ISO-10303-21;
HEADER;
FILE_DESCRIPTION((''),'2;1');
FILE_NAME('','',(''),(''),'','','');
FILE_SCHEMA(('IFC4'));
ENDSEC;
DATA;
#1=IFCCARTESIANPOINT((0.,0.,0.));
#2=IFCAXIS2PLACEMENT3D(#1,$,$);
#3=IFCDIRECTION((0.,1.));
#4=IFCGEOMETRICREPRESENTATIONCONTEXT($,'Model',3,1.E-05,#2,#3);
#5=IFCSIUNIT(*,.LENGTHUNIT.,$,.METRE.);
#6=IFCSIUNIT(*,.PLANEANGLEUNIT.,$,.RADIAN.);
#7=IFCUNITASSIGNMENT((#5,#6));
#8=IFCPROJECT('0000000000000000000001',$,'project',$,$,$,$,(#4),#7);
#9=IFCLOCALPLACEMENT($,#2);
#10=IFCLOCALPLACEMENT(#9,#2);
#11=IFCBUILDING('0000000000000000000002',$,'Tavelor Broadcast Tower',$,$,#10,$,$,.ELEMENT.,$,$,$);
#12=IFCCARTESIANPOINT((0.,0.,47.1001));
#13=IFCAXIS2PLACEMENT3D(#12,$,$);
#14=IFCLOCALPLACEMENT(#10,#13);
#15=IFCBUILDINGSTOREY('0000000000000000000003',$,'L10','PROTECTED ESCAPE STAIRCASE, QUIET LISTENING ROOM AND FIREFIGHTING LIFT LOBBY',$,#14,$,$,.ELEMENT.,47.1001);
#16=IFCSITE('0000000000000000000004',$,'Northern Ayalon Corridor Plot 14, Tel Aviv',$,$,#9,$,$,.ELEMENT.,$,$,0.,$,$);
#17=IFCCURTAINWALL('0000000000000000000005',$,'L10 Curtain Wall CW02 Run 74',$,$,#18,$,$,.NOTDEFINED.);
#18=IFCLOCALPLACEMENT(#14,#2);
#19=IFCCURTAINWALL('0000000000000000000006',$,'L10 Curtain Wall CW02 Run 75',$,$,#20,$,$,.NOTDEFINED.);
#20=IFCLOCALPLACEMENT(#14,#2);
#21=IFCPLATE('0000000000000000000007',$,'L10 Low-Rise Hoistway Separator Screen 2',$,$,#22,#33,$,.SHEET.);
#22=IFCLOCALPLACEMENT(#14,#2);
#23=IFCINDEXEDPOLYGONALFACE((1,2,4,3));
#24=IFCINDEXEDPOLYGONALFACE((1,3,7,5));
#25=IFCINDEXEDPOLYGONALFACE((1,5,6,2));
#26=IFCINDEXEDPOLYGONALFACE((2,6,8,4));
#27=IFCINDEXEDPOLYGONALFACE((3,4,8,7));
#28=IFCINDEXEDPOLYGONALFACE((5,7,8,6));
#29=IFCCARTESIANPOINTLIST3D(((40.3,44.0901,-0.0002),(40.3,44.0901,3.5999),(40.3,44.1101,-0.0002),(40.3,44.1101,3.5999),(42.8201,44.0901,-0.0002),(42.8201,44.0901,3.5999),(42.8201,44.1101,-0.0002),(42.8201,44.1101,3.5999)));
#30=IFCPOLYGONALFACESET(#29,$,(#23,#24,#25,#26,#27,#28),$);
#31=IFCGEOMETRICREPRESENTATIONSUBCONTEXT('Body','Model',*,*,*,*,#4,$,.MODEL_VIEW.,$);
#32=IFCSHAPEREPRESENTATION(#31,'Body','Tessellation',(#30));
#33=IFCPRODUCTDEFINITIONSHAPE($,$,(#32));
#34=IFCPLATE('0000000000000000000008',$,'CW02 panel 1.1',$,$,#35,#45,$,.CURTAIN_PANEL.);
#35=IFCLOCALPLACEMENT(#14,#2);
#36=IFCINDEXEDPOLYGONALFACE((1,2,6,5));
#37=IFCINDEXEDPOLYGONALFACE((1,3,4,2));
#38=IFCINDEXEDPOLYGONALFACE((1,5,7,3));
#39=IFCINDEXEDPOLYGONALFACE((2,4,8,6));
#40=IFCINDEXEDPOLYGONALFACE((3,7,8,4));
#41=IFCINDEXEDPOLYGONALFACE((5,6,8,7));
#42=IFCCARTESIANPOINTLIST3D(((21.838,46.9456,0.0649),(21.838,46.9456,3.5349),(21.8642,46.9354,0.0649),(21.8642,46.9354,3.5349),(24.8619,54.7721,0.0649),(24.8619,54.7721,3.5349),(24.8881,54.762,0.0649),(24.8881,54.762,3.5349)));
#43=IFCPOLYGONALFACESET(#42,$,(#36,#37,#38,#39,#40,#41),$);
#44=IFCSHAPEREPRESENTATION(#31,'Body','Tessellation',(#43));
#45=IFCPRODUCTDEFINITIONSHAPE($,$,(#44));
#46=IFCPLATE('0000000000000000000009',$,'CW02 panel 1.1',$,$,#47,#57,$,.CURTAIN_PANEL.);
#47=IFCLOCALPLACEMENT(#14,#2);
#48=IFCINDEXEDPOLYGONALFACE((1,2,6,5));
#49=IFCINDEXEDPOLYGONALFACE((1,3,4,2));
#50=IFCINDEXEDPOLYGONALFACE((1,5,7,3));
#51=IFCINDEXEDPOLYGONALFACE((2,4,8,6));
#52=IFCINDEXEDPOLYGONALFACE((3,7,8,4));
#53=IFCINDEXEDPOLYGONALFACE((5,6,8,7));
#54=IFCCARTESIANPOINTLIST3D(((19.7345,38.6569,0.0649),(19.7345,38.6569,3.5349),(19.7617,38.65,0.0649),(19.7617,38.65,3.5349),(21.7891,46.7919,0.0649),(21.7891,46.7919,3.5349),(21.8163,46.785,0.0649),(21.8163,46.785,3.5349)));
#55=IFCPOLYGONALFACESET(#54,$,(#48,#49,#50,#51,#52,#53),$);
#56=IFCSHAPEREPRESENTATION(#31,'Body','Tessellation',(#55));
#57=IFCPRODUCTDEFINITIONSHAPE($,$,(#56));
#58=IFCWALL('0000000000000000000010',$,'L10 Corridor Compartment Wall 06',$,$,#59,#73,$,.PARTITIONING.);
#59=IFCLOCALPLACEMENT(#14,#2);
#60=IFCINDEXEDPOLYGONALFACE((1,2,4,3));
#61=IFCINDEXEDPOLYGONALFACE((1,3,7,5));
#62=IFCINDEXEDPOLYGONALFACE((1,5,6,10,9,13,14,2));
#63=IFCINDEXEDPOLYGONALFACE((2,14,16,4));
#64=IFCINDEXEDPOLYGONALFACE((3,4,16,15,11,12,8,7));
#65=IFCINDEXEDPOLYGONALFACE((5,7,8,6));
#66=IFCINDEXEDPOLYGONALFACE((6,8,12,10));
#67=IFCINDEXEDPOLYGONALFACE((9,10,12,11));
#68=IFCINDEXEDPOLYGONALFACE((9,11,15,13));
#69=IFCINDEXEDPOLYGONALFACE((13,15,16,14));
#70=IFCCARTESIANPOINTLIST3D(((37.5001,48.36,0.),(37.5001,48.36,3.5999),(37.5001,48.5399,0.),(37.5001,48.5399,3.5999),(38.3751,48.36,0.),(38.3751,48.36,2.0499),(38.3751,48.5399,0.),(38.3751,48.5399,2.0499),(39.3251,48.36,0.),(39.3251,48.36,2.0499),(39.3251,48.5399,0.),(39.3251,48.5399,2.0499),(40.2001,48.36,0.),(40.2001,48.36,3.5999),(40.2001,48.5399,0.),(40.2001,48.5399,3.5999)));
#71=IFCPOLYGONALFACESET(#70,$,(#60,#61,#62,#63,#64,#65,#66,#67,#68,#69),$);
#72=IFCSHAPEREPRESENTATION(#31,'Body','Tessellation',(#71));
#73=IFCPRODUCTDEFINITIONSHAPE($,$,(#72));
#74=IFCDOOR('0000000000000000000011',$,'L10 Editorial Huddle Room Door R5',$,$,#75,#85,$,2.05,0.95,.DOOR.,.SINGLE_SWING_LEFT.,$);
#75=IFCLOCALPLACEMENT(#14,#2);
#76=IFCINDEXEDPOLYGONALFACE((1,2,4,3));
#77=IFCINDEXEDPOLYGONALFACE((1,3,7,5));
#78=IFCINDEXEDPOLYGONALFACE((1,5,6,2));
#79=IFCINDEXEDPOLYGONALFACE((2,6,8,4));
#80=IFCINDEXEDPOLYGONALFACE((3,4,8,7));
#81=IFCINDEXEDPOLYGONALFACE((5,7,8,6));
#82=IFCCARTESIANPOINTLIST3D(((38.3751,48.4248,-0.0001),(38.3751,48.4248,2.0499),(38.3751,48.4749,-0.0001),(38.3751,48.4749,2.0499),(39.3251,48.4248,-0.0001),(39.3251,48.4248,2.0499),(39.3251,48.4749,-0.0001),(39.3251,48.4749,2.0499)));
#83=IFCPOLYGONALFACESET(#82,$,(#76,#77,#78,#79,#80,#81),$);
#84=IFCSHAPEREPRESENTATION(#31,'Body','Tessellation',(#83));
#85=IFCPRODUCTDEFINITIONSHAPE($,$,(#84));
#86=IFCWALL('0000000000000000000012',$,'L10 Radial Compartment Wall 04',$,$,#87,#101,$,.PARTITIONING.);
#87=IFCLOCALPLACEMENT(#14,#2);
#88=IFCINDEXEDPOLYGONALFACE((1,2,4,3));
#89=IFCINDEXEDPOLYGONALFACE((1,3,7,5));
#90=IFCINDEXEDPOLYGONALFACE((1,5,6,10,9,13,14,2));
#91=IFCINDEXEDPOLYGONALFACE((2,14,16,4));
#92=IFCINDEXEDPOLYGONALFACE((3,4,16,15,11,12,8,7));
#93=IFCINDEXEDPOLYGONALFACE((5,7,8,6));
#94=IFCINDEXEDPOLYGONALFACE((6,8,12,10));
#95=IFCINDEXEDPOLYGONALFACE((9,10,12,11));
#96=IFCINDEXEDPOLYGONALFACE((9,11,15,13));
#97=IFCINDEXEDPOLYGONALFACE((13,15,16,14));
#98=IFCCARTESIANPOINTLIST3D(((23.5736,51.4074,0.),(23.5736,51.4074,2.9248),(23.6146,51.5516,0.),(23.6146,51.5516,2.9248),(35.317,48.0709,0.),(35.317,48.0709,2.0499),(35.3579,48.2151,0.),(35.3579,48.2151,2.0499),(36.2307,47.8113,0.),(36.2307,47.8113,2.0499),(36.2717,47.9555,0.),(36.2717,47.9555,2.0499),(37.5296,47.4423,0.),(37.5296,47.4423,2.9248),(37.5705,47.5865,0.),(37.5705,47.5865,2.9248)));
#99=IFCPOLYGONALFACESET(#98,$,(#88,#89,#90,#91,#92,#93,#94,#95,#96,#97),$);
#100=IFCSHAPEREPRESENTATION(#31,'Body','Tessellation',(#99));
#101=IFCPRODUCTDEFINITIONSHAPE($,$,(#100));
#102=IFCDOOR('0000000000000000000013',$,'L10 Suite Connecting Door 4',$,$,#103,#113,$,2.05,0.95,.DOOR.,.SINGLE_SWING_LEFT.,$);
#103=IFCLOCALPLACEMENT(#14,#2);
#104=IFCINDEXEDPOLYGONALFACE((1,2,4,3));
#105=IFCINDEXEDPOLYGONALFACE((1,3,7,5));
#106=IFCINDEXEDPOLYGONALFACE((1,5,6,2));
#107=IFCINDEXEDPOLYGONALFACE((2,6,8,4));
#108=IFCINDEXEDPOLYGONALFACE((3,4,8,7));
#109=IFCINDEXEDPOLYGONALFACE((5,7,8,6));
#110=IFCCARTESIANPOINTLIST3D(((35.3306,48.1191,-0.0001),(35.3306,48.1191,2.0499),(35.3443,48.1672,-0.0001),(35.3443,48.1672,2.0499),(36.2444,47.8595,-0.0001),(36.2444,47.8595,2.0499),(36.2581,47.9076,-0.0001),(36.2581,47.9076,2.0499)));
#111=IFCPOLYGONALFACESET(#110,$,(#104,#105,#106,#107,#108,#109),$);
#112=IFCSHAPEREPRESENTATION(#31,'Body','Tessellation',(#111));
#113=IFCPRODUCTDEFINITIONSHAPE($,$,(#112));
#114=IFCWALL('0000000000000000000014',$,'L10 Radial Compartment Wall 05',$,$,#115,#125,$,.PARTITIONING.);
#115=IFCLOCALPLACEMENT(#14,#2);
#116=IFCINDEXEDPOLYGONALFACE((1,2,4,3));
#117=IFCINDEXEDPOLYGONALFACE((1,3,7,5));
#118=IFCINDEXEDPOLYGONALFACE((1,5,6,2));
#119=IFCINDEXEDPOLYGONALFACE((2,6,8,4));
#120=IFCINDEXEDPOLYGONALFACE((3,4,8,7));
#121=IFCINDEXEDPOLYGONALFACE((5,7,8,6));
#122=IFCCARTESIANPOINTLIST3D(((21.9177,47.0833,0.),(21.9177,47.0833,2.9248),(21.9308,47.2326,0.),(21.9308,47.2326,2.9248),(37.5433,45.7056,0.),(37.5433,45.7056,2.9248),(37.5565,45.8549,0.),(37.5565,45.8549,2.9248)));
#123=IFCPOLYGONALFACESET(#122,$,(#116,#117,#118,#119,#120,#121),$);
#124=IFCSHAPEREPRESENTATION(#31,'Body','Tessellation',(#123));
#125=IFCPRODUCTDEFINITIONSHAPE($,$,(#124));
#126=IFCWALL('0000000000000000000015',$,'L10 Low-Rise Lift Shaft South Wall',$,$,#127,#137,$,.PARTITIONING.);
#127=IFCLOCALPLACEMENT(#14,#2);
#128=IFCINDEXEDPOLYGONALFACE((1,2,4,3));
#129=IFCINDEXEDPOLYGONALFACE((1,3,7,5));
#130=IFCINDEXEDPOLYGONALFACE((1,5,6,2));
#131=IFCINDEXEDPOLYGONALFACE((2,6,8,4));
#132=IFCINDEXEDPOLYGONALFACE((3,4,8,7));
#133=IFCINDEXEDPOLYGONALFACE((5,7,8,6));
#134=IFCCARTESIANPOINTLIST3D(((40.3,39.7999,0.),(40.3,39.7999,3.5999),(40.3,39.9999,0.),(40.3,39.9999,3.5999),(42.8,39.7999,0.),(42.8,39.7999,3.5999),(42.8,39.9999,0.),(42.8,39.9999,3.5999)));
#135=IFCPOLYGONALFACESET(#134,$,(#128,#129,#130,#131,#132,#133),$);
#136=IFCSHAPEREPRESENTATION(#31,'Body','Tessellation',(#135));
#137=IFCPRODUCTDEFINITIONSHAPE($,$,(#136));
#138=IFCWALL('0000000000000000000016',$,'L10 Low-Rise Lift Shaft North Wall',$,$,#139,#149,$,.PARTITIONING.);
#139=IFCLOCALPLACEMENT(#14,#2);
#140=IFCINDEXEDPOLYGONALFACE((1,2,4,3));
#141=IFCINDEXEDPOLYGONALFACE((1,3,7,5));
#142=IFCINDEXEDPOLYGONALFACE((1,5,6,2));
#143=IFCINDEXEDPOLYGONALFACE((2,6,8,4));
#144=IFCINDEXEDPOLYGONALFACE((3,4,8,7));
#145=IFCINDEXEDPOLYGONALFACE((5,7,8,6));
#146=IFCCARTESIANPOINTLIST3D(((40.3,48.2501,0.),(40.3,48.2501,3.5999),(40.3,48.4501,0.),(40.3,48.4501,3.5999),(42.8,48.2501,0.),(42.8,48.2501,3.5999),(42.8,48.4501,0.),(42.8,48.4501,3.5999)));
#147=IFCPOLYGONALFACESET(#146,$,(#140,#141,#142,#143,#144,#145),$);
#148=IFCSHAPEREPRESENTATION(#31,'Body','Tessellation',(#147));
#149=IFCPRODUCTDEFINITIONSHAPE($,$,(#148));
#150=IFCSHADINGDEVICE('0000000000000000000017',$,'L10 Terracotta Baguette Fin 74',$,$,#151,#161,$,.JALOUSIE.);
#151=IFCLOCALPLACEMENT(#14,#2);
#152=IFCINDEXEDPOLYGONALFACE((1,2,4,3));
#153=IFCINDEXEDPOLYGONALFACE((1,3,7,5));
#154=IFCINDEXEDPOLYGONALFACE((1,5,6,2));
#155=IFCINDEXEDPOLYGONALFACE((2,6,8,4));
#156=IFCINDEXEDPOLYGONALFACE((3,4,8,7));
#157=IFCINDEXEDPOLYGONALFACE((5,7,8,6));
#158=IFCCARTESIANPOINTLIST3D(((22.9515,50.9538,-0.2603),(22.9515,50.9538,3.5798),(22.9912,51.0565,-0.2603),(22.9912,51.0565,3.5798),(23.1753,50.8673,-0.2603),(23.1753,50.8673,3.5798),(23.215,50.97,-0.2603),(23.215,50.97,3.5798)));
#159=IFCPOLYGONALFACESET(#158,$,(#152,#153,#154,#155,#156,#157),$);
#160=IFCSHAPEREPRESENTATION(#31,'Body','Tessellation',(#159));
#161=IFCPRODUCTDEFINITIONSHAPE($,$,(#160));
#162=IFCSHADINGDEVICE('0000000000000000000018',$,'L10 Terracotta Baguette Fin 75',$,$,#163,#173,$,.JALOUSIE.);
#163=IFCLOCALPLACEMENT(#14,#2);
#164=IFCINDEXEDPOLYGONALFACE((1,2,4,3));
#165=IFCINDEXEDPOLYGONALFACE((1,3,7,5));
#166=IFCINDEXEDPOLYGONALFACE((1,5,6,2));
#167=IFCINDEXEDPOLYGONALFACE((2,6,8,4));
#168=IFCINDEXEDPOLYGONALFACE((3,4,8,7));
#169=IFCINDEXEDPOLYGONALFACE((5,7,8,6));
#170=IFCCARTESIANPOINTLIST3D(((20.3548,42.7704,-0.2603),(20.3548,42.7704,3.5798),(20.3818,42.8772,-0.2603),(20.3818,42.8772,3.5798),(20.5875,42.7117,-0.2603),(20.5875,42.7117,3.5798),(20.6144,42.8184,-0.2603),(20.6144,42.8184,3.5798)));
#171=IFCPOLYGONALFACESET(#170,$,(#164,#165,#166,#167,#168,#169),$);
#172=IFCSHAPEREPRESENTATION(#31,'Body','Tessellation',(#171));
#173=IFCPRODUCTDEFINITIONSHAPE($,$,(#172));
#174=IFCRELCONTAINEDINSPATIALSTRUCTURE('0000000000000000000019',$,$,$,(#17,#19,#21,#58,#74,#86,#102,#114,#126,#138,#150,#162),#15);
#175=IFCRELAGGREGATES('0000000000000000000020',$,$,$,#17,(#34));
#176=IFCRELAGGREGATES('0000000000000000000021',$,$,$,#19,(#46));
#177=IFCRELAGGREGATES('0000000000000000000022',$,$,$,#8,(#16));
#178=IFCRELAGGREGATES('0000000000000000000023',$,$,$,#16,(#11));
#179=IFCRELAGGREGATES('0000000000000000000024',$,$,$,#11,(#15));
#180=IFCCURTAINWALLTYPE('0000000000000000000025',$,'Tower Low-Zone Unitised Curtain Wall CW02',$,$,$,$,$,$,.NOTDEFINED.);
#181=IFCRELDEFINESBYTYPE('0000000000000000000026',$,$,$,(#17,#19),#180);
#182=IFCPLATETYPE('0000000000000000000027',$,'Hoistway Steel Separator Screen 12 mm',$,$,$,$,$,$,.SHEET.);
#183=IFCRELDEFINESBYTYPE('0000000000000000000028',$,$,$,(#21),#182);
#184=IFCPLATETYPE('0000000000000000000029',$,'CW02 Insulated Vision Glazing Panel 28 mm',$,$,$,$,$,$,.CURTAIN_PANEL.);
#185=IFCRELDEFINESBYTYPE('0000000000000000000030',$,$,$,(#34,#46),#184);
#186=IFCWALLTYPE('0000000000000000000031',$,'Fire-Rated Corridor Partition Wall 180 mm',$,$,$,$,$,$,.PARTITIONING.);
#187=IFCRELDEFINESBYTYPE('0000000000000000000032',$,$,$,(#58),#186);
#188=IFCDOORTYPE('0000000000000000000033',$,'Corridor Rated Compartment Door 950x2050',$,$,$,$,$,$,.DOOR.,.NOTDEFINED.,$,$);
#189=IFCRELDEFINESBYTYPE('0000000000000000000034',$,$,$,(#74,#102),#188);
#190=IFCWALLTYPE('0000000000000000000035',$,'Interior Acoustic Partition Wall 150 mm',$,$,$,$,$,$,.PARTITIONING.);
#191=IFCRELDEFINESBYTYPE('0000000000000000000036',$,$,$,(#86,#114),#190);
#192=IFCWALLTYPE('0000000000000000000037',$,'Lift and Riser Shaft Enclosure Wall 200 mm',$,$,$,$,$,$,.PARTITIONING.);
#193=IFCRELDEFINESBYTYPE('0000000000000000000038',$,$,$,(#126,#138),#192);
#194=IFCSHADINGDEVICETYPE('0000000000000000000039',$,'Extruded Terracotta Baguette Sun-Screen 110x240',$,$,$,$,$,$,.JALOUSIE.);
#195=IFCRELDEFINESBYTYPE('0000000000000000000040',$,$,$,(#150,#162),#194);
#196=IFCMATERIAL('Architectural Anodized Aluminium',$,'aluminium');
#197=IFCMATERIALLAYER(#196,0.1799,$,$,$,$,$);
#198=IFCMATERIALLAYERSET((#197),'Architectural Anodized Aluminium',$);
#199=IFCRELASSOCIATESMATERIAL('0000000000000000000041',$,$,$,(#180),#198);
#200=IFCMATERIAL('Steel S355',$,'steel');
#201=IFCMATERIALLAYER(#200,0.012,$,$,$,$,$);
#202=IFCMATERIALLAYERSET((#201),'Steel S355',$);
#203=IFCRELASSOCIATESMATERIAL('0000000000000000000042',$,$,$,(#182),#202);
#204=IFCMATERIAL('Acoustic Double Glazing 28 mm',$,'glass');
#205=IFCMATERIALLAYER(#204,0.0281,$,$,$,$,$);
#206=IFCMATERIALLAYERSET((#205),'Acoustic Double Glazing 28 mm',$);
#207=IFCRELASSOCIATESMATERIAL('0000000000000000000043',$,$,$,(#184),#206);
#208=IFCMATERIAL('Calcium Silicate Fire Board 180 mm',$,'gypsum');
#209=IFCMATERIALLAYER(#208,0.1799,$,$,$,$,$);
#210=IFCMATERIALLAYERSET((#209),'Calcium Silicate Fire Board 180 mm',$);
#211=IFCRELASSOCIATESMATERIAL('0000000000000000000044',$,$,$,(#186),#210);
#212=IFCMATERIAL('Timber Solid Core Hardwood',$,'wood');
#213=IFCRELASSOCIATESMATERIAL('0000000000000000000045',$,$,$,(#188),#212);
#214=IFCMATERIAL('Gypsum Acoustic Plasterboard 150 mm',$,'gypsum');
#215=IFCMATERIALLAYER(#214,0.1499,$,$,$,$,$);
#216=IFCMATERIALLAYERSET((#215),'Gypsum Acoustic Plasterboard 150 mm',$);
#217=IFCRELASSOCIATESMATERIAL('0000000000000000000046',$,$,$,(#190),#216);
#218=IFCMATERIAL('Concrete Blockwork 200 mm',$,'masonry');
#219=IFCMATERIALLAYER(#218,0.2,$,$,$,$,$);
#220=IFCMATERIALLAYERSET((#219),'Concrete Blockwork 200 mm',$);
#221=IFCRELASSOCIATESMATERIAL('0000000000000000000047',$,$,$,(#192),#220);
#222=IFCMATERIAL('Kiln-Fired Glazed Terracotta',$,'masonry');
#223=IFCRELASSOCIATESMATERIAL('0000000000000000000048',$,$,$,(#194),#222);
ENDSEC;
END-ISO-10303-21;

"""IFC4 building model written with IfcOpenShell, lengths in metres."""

from ifc_helpers import new_model, si_unit, direction, frame, frame_2d, origin, origin_2d, place, context, subcontext, project, spatial, rectangle, extrude, source, transform, mapped, material, layer, layer_set, type_object, type_shapes, element, fill, aggregate, save


model = new_model("IFC4")

# Units and contexts
model_context = context("Model", 3, precision=1e-05, world=origin(), true_north=direction((0.0, 1.0)))
body_context = subcontext(model_context, "Body", "Model", "MODEL_VIEW")
ifc_project = project(units=[si_unit("LENGTHUNIT", "METRE"), si_unit("PLANEANGLEUNIT", "RADIAN")], contexts=[model_context])

# Site, building, storey
site_placement = place(None, origin())
site = spatial("IfcSite", under=ifc_project, at=site_placement, Name="Northern Ayalon Corridor Plot 14, Tel Aviv", CompositionType="ELEMENT", RefElevation=0.0)
building_placement = place(site_placement, origin())
building = spatial("IfcBuilding", under=site, at=building_placement, Name="Tavelor Broadcast Tower", CompositionType="ELEMENT")
storey_placement = place(building_placement, frame((0.0, 0.0, 47.1001)))
storey = spatial("IfcBuildingStorey", under=building, at=storey_placement, Name="L10", Description="PROTECTED ESCAPE STAIRCASE, QUIET LISTENING ROOM AND FIREFIGHTING LIFT LOBBY", CompositionType="ELEMENT", Elevation=47.1001)

# Shared definitions
ifc_material_1 = material(Name="Steel S355", Category="steel")

# Curtain wall
ifc_material_2 = material(Name="Architectural Anodized Aluminium", Category="aluminium")
ifc_layer_1 = layer(ifc_material_2, 0.1799)
ifc_layer_set_1 = layer_set([ifc_layer_1], Name="Architectural Anodized Aluminium")
curtain_wall_type = type_object("IfcCurtainWallType", Name="Tower Low-Zone Unitised Curtain Wall CW02", PredefinedType="NOTDEFINED", material=ifc_layer_set_1)
curtain_wall_1_placement = place(storey_placement, origin())
curtain_wall_1 = element("IfcCurtainWall", 1, at=curtain_wall_1_placement, inside=storey, type_object=curtain_wall_type, Name="L10 Curtain Wall CW02 Run 74", PredefinedType="NOTDEFINED")

# Curtain wall
curtain_wall_2_placement = place(storey_placement, origin())
curtain_wall_2 = element("IfcCurtainWall", 2, at=curtain_wall_2_placement, inside=storey, type_object=curtain_wall_type, Name="L10 Curtain Wall CW02 Run 75", PredefinedType="NOTDEFINED")

# Plate
ifc_layer_2 = layer(ifc_material_1, 0.012)
ifc_layer_set_2 = layer_set([ifc_layer_2], Name="Steel S355")
plate_type_1 = type_object("IfcPlateType", Name="Hoistway Steel Separator Screen 12 mm", PredefinedType="SHEET", material=ifc_layer_set_2)
shared_shape_1 = source(origin(), body_context, "Body", "SweptSolid", [
    extrude(rectangle(XDim=2.52, YDim=0.02, at=origin_2d()), origin(), (0.0, 0.0, 1.0), 3.6001),
])
type_shapes(plate_type_1, [shared_shape_1])
for number, where, z_axis, x_axis, name in (
    (3, (41.5601, 44.1001, -0.0002), (0.0, 0.0, 1.0), (1.0, 0.0, 0.0), "L10 Low-Rise Hoistway Separator Screen 2"),
):
    element("IfcPlate", number, at=place(storey_placement, frame(where, z_axis=z_axis, x_axis=x_axis)), inside=storey, type_object=plate_type_1, Name=name, PredefinedType="SHEET", context=body_context, shape_type="MappedRepresentation", body=[
        mapped(shared_shape_1, transform((0.0, 0.0, 0.0), scale=1.0)),
    ])

# Plates
ifc_material_3 = material(Name="Acoustic Double Glazing 28 mm", Category="glass")
ifc_layer_3 = layer(ifc_material_3, 0.0281)
ifc_layer_set_3 = layer_set([ifc_layer_3], Name="Acoustic Double Glazing 28 mm")
plate_type_2 = type_object("IfcPlateType", Name="CW02 Insulated Vision Glazing Panel 28 mm", PredefinedType="CURTAIN_PANEL", material=ifc_layer_set_3)
shared_shape_2 = source(origin(), body_context, "Body", "SweptSolid", [
    extrude(rectangle(XDim=8.3904, YDim=0.0281, at=origin_2d()), origin(), (0.0, 0.0, 1.0), 3.47),
])
type_shapes(plate_type_2, [shared_shape_2])
plate_1_placement = place(storey_placement, frame((23.363, 50.8538, 0.0649), z_axis=(0.0, 0.0, 1.0), x_axis=(-0.360399, -0.932798, 0.0)))
plate_1 = element("IfcPlate", 4, at=plate_1_placement, type_object=plate_type_2, Name="CW02 panel 1.1", PredefinedType="CURTAIN_PANEL", context=body_context, shape_type="MappedRepresentation", body=[
    mapped(shared_shape_2, transform((0.0, 0.0, 0.0), scale=1.0)),
])
aggregate(curtain_wall_1, [plate_1])
plate_2_placement = place(storey_placement, frame((20.7754, 42.7209, 0.0649), z_axis=(0.0, 0.0, 1.0), x_axis=(-0.244874, -0.969555, 0.0)))
plate_2 = element("IfcPlate", 5, at=plate_2_placement, type_object=plate_type_2, Name="CW02 panel 1.1", PredefinedType="CURTAIN_PANEL", context=body_context, shape_type="MappedRepresentation", body=[
    mapped(shared_shape_2, transform((0.0, 0.0, 0.0), scale=1.0)),
])
aggregate(curtain_wall_2, [plate_2])

# Walls, openings, doors
ifc_material_4 = material(Name="Calcium Silicate Fire Board 180 mm", Category="gypsum")
ifc_layer_4 = layer(ifc_material_4, 0.1799)
ifc_layer_set_4 = layer_set([ifc_layer_4], Name="Calcium Silicate Fire Board 180 mm")
wall_type_1 = type_object("IfcWallType", Name="Fire-Rated Corridor Partition Wall 180 mm", PredefinedType="PARTITIONING", material=ifc_layer_set_4)
wall_1_placement = place(storey_placement, frame((37.5, 48.45, 0.0), z_axis=(0.0, 0.0, 1.0), x_axis=(1.0, 0.0, 0.0)))
wall_1 = element("IfcWall", 6, at=wall_1_placement, inside=storey, type_object=wall_type_1, Name="L10 Corridor Compartment Wall 06", PredefinedType="PARTITIONING", context=body_context, shape_type="SweptSolid", body=[
    extrude(rectangle(XDim=2.7, YDim=0.1799, at=frame_2d((1.3501, 0.0))), origin(), (0.0, 0.0, 1.0), 3.5999),
])
opening_1_placement = place(wall_1_placement, frame((0.875, 0.0, 0.0)))
opening_1 = element("IfcOpeningElement", 7, at=opening_1_placement, cuts=wall_1, PredefinedType="OPENING", context=body_context, shape_type="SweptSolid", body=[
    extrude(rectangle(XDim=0.95, YDim=2.05, at=frame_2d((0.4751, 1.0249))), frame((0.0, 0.1001, 0.0), z_axis=(0.0, -1.0, 0.0), x_axis=(1.0, 0.0, 0.0)), (0.0, 0.0, 1.0), 0.2),
])
ifc_material_5 = material(Name="Timber Solid Core Hardwood", Category="wood")
door_type_1 = type_object("IfcDoorType", Name="Corridor Rated Compartment Door 950x2050", OperationType="NOTDEFINED", PredefinedType="DOOR", material=ifc_material_5)
door_1_placement = place(opening_1_placement, origin())
door_1 = element("IfcDoor", 8, at=door_1_placement, inside=storey, type_object=door_type_1, Name="L10 Editorial Huddle Room Door R5", OperationType="SINGLE_SWING_LEFT", OverallHeight=2.05, OverallWidth=0.95, PredefinedType="DOOR", context=body_context, shape_type="SweptSolid", body=[
    extrude(rectangle(XDim=0.95, YDim=2.05, at=frame_2d((0.4751, 1.0249))), frame((0.0, 0.0249, 0.0), z_axis=(0.0, -1.0, 0.0), x_axis=(1.0, 0.0, 0.0)), (0.0, 0.0, 1.0), 0.05),
])
fill(opening_1, door_1)
ifc_material_6 = material(Name="Gypsum Acoustic Plasterboard 150 mm", Category="gypsum")
ifc_layer_5 = layer(ifc_material_6, 0.1499)
ifc_layer_set_5 = layer_set([ifc_layer_5], Name="Gypsum Acoustic Plasterboard 150 mm")
wall_type_2 = type_object("IfcWallType", Name="Interior Acoustic Partition Wall 150 mm", PredefinedType="PARTITIONING", material=ifc_layer_set_5)
wall_2_placement = place(storey_placement, frame((37.55, 47.5144, 0.0), z_axis=(0.0, 0.0, 1.0), x_axis=(-0.96193, 0.273296, 0.0)))
wall_2 = element("IfcWall", 9, at=wall_2_placement, inside=storey, type_object=wall_type_2, Name="L10 Radial Compartment Wall 04", PredefinedType="PARTITIONING", context=body_context, shape_type="SweptSolid", body=[
    extrude(rectangle(XDim=14.5083, YDim=0.1499, at=frame_2d((7.2542, 0.0))), origin(), (0.0, 0.0, 1.0), 2.9248),
])
opening_2_placement = place(wall_2_placement, frame((1.3501, 0.0, 0.0)))
opening_2 = element("IfcOpeningElement", 10, at=opening_2_placement, cuts=wall_2, PredefinedType="OPENING", context=body_context, shape_type="SweptSolid", body=[
    extrude(rectangle(XDim=0.95, YDim=2.05, at=frame_2d((0.4751, 1.0249))), frame((0.0, 0.085, 0.0), z_axis=(0.0, -1.0, 0.0), x_axis=(1.0, 0.0, 0.0)), (0.0, 0.0, 1.0), 0.1699),
])
door_2_placement = place(opening_2_placement, origin())
door_2 = element("IfcDoor", 11, at=door_2_placement, inside=storey, type_object=door_type_1, Name="L10 Suite Connecting Door 4", OperationType="SINGLE_SWING_LEFT", OverallHeight=2.05, OverallWidth=0.95, PredefinedType="DOOR", context=body_context, shape_type="SweptSolid", body=[
    extrude(rectangle(XDim=0.95, YDim=2.05, at=frame_2d((0.4751, 1.0249))), frame((0.0, 0.0249, 0.0), z_axis=(0.0, -1.0, 0.0), x_axis=(1.0, 0.0, 0.0)), (0.0, 0.0, 1.0), 0.05),
])
fill(opening_2, door_2)

# Wall
wall_3_placement = place(storey_placement, frame((37.55, 45.7803, 0.0), z_axis=(0.0, 0.0, 1.0), x_axis=(-0.996136, 0.087827, 0.0)))
element("IfcWall", 12, at=wall_3_placement, inside=storey, type_object=wall_type_2, Name="L10 Radial Compartment Wall 05", PredefinedType="PARTITIONING", context=body_context, shape_type="SweptSolid", body=[
    extrude(rectangle(XDim=15.6863, YDim=0.1499, at=frame_2d((7.8433, 0.0))), origin(), (0.0, 0.0, 1.0), 2.9248),
])

# Shared definitions
ifc_material_7 = material(Name="Concrete Blockwork 200 mm", Category="masonry")

# Walls
ifc_layer_6 = layer(ifc_material_7, 0.2)
ifc_layer_set_6 = layer_set([ifc_layer_6], Name="Concrete Blockwork 200 mm")
wall_type_3 = type_object("IfcWallType", Name="Lift and Riser Shaft Enclosure Wall 200 mm", PredefinedType="PARTITIONING", material=ifc_layer_set_6)
for number, where, z_axis, x_axis, name in (
    (13, (40.3, 39.8999, 0.0), (0.0, 0.0, 1.0), (1.0, 0.0, 0.0), "L10 Low-Rise Lift Shaft South Wall"),
    (14, (40.3, 48.3501, 0.0), (0.0, 0.0, 1.0), (1.0, 0.0, 0.0), "L10 Low-Rise Lift Shaft North Wall"),
):
    element("IfcWall", number, at=place(storey_placement, frame(where, z_axis=z_axis, x_axis=x_axis)), inside=storey, type_object=wall_type_3, Name=name, PredefinedType="PARTITIONING", context=body_context, shape_type="SweptSolid", body=[
        extrude(rectangle(XDim=2.5, YDim=0.2, at=frame_2d((1.25, 0.0))), origin(), (0.0, 0.0, 1.0), 3.5999),
    ])

# Shading devices
ifc_material_8 = material(Name="Kiln-Fired Glazed Terracotta", Category="masonry")
shading_device_type = type_object("IfcShadingDeviceType", Name="Extruded Terracotta Baguette Sun-Screen 110x240", PredefinedType="JALOUSIE", material=ifc_material_8)
shared_shape_3 = source(origin(), body_context, "Body", "SweptSolid", [
    extrude(rectangle(XDim=0.1101, YDim=0.24, at=origin_2d()), origin(), (0.0, 0.0, 1.0), 3.8401),
])
type_shapes(shading_device_type, [shared_shape_3])
for number, where, z_axis, x_axis, name in (
    (15, (23.0833, 50.9619, -0.2603), (0.0, 0.0, 1.0), (-0.360322, -0.932828, 0.0), "L10 Terracotta Baguette Fin 74"),
    (16, (20.4846, 42.7944, -0.2603), (0.0, 0.0, 1.0), (-0.2448, -0.969574, 0.0), "L10 Terracotta Baguette Fin 75"),
):
    element("IfcShadingDevice", number, at=place(storey_placement, frame(where, z_axis=z_axis, x_axis=x_axis)), inside=storey, type_object=shading_device_type, Name=name, PredefinedType="JALOUSIE", context=body_context, shape_type="MappedRepresentation", body=[
        mapped(shared_shape_3, transform((0.0, 0.0, 0.0), scale=1.0)),
    ])

save(model, "model.ifc")
